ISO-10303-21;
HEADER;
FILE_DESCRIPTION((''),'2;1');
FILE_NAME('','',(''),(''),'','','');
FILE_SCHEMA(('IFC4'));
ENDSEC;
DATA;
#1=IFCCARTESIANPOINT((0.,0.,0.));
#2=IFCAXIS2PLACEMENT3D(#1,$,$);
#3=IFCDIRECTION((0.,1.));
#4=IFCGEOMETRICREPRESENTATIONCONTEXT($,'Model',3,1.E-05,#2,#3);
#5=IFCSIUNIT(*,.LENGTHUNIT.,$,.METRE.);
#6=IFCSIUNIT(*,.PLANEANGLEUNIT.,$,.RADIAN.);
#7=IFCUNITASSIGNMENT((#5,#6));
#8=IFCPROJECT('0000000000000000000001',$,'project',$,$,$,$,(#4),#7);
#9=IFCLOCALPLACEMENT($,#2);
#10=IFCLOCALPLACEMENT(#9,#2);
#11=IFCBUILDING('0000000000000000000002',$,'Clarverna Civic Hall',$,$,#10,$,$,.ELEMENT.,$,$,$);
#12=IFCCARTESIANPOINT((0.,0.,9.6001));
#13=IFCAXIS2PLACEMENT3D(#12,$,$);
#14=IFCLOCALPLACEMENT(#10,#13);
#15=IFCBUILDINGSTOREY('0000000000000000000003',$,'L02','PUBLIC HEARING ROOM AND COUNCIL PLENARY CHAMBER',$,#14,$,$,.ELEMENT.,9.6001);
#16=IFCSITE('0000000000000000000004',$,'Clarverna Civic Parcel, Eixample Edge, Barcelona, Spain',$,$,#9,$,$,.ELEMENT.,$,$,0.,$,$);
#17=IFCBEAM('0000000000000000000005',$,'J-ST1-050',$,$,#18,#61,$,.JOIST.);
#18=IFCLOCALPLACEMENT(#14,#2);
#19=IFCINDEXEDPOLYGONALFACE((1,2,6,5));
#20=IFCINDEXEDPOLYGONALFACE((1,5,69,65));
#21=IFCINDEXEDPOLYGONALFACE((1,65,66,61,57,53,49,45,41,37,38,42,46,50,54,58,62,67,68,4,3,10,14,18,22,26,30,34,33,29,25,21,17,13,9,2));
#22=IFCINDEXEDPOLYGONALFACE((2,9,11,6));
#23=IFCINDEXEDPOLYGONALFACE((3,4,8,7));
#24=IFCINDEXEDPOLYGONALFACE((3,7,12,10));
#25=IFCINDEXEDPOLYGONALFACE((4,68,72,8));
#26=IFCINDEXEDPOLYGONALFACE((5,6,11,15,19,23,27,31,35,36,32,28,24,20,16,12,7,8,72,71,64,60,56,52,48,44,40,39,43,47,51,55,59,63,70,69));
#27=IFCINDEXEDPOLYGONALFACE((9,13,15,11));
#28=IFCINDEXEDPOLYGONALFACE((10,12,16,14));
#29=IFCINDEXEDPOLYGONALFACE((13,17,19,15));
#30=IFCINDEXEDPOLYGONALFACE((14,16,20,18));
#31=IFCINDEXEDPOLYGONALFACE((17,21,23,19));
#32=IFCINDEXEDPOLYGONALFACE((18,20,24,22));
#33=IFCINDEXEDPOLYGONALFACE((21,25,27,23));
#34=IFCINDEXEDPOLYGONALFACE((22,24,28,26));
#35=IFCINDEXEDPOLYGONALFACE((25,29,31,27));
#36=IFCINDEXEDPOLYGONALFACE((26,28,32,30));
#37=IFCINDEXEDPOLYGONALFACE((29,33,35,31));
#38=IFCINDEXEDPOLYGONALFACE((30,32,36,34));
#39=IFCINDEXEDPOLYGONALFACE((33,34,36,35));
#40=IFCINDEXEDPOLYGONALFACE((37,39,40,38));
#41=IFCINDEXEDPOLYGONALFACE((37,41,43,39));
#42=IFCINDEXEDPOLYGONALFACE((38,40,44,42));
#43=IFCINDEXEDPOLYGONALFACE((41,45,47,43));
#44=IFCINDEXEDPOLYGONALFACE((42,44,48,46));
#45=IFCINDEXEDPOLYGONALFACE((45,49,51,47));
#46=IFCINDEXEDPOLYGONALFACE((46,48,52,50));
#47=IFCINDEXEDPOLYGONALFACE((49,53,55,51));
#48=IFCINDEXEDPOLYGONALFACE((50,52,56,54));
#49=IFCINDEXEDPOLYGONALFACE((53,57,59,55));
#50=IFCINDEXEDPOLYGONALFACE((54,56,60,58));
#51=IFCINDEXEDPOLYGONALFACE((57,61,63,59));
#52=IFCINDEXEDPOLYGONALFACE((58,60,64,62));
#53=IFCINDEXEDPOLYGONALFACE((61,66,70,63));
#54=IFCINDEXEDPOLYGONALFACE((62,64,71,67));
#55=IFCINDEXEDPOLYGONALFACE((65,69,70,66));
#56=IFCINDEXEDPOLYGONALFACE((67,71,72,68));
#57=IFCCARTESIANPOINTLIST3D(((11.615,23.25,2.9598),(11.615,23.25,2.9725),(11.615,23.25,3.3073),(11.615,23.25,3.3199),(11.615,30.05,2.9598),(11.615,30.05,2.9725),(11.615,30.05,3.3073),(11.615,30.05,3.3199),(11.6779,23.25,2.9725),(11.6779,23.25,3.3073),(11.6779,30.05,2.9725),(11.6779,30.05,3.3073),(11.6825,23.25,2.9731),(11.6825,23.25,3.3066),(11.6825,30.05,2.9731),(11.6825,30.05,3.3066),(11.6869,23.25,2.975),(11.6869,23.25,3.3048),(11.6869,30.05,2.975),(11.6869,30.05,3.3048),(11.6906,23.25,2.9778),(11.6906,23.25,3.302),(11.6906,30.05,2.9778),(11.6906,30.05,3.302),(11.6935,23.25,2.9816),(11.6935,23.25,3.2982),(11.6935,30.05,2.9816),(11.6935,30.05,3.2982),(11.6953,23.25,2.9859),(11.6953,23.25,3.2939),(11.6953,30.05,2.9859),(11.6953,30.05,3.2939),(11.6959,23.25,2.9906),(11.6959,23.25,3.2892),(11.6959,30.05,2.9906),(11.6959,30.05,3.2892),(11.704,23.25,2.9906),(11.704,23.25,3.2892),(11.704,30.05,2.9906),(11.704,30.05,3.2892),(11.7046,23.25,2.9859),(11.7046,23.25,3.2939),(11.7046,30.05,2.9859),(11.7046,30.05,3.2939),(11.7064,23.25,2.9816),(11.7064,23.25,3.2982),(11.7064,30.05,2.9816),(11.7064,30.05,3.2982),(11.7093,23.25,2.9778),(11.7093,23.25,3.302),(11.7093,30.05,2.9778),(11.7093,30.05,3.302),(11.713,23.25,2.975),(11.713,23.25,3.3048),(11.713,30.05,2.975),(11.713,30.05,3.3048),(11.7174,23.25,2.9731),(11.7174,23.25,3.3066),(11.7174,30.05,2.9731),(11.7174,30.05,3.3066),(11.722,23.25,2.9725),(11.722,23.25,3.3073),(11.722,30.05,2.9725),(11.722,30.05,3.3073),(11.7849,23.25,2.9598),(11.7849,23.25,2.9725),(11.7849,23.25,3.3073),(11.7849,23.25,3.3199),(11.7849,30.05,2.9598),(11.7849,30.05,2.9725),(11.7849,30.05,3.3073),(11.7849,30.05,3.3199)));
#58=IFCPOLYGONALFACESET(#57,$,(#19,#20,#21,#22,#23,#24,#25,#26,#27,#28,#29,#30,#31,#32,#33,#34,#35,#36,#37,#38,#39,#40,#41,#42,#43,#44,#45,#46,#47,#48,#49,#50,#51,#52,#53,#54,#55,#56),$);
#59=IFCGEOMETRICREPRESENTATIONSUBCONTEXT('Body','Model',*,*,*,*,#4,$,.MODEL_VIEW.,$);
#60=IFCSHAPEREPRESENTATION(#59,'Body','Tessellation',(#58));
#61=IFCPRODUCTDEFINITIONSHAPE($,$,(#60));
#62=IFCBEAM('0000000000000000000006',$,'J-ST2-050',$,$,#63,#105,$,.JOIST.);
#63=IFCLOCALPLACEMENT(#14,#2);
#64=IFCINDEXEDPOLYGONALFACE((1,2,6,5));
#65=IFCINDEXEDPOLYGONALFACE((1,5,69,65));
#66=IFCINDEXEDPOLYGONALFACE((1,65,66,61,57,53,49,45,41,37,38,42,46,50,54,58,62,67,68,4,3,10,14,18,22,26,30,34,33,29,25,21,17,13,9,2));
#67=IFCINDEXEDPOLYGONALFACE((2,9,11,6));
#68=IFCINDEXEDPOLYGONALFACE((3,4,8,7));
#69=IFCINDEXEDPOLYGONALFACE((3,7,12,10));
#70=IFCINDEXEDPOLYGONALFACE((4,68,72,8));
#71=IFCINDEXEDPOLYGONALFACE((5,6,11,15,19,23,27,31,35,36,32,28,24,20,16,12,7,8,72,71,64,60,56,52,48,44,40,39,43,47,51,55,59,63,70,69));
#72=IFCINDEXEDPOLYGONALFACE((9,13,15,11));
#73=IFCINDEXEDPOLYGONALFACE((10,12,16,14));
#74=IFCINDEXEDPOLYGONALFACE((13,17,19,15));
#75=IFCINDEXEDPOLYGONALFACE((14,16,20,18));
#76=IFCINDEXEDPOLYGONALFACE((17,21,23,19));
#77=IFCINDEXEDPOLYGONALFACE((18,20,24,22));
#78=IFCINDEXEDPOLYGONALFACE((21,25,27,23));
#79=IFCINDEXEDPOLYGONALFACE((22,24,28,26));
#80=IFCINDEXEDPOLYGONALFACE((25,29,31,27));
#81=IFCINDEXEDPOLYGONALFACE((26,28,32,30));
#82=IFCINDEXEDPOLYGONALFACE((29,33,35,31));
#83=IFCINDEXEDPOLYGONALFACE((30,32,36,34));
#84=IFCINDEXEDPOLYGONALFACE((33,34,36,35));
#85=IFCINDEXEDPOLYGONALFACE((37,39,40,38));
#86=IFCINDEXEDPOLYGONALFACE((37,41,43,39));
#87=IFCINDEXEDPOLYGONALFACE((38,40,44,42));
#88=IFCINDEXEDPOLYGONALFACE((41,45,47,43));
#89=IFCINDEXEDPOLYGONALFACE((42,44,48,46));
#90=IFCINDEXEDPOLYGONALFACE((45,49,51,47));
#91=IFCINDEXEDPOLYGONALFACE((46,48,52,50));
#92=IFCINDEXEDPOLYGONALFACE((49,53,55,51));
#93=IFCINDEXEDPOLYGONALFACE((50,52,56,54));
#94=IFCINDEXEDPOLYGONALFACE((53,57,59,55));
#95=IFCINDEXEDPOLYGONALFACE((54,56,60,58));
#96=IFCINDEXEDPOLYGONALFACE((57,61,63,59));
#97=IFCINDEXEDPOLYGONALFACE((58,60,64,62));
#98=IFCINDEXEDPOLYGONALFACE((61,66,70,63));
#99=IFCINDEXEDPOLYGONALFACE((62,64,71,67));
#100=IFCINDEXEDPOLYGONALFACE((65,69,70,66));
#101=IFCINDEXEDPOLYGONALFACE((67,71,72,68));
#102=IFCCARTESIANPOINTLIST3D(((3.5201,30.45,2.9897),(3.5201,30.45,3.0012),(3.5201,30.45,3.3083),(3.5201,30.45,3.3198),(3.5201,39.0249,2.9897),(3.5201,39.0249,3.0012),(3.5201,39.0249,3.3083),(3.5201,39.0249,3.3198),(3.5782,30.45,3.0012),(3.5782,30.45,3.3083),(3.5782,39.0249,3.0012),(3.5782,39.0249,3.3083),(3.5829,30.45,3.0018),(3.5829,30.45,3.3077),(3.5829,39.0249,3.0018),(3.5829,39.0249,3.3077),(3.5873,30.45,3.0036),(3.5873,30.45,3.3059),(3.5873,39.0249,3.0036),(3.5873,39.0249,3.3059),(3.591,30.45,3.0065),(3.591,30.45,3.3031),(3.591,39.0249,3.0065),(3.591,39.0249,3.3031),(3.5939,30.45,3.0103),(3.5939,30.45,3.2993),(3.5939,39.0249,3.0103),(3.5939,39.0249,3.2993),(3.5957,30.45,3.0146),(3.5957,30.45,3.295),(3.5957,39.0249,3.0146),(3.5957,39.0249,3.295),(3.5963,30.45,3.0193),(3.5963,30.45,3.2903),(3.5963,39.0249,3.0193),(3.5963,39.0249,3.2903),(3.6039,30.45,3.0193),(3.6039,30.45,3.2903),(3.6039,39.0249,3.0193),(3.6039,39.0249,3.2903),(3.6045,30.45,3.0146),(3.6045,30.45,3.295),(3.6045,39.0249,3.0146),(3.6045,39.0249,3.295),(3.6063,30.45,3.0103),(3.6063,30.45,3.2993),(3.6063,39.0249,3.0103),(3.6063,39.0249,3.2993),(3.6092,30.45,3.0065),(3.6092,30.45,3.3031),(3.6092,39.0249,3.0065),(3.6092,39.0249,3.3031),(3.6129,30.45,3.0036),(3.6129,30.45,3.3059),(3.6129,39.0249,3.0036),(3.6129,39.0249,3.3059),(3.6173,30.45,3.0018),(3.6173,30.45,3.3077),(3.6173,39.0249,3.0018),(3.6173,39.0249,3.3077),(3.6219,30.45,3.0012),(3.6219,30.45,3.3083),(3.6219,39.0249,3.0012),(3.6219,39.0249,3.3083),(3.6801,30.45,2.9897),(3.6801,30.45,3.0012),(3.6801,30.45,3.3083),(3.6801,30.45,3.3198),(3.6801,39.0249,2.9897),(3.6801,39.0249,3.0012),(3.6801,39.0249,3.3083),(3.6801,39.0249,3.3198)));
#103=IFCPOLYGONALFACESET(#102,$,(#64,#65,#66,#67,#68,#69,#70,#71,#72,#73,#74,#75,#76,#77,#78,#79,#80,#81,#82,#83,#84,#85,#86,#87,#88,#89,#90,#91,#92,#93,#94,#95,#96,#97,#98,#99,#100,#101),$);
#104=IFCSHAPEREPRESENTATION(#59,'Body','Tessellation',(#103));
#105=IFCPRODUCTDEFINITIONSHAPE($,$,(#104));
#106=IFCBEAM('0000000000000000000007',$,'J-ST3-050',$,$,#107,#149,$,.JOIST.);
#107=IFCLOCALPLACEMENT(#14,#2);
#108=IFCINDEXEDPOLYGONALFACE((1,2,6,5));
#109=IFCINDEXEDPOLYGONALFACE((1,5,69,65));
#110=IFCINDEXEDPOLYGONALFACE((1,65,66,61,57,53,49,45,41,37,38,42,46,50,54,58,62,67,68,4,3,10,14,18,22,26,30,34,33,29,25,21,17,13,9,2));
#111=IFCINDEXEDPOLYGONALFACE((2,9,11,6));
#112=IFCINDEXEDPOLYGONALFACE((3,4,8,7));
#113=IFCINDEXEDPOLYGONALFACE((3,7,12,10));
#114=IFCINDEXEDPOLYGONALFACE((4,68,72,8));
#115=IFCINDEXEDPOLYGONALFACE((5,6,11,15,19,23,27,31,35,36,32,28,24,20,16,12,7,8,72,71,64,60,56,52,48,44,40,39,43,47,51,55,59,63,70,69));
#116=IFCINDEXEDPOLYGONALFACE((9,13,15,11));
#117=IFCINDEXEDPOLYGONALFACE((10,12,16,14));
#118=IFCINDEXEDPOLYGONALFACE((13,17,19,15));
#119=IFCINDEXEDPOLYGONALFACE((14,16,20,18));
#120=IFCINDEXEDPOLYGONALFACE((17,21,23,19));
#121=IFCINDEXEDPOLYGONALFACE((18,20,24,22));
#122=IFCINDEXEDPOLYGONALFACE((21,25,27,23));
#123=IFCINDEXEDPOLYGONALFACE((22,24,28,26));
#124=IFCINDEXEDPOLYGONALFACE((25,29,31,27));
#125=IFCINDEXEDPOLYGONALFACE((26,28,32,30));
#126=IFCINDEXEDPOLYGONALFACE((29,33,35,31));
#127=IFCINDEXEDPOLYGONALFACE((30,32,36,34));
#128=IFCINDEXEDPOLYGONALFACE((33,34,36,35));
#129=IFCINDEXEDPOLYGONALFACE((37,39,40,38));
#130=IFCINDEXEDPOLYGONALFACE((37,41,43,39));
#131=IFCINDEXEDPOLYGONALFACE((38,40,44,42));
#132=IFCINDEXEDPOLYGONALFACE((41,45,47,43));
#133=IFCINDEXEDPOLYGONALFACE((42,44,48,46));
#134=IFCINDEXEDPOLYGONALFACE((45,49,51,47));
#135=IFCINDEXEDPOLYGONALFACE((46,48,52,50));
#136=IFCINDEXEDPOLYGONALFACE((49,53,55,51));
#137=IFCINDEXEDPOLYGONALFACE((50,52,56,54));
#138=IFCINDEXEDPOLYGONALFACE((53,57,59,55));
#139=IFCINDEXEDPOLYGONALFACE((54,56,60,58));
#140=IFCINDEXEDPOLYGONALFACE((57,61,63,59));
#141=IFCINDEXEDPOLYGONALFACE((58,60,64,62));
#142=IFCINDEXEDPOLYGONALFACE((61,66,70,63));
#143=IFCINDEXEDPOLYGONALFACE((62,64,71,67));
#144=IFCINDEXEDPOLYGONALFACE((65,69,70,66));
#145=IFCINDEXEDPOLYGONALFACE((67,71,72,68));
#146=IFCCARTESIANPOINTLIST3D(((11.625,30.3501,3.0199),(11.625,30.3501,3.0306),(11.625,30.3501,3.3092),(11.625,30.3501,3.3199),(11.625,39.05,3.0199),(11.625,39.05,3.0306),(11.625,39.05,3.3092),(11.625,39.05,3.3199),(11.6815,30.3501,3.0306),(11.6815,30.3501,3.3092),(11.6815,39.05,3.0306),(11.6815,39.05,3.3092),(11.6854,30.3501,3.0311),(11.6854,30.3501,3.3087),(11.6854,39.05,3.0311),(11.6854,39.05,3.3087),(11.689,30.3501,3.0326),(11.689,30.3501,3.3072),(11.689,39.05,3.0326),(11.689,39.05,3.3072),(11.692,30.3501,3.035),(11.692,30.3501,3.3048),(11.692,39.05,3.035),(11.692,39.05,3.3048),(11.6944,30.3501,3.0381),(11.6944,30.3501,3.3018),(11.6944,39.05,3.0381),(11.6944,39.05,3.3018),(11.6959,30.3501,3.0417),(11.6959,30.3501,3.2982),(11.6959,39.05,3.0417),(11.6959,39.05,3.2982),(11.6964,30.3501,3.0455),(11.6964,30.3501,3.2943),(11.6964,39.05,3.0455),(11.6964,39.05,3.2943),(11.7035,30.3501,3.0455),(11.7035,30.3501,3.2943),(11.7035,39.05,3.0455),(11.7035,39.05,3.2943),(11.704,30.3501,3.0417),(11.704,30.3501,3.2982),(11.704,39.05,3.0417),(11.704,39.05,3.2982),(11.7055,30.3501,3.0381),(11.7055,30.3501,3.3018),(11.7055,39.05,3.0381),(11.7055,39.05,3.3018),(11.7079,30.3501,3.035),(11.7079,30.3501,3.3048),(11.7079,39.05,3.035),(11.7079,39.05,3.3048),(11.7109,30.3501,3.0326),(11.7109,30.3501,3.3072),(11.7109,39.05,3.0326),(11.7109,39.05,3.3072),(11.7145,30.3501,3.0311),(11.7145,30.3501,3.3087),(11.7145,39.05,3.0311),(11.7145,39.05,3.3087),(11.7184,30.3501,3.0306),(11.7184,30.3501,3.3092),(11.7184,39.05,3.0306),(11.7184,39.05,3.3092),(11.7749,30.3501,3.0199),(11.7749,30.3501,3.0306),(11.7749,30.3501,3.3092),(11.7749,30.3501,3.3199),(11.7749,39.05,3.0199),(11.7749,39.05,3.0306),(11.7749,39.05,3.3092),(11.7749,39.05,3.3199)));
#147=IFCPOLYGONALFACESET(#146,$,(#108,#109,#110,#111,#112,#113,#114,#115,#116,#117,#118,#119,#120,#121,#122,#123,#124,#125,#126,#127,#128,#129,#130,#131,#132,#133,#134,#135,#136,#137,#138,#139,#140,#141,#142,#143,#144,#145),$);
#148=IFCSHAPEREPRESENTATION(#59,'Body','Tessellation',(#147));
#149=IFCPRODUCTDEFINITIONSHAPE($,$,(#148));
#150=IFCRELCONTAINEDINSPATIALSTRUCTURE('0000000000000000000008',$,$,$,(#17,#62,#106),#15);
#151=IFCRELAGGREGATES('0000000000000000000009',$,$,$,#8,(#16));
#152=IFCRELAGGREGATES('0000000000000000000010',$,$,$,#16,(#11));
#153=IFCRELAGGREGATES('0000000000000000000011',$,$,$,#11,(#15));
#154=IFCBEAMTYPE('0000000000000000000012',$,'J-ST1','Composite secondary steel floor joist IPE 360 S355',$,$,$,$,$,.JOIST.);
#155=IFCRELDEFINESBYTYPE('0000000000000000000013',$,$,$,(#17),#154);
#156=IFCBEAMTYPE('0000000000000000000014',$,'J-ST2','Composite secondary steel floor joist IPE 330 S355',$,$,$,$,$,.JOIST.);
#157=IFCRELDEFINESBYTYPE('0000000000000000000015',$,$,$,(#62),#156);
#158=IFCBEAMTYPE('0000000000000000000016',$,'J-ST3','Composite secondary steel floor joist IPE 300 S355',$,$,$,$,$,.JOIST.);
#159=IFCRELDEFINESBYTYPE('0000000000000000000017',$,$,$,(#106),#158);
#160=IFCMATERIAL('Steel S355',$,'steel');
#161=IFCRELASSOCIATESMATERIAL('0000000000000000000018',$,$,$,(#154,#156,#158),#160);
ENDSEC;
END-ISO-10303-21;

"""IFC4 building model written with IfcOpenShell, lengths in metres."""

from ifc_helpers import new_model, si_unit, direction, frame, origin, origin_2d, place, context, subcontext, project, spatial, i_section, extrude, material, material_profile, profile_set, type_object, element, save


model = new_model("IFC4")

# Units and contexts
model_context = context("Model", 3, precision=1e-05, world=origin(), true_north=direction((0.0, 1.0)))
body_context = subcontext(model_context, "Body", "Model", "MODEL_VIEW")
ifc_project = project(units=[si_unit("LENGTHUNIT", "METRE"), si_unit("PLANEANGLEUNIT", "RADIAN")], contexts=[model_context])

# Site, building, storey
site_placement = place(None, origin())
site = spatial("IfcSite", under=ifc_project, at=site_placement, Name="Clarverna Civic Parcel, Eixample Edge, Barcelona, Spain", CompositionType="ELEMENT", RefElevation=0.0)
building_placement = place(site_placement, origin())
building = spatial("IfcBuilding", under=site, at=building_placement, Name="Clarverna Civic Hall", CompositionType="ELEMENT")
storey_placement = place(building_placement, frame((0.0, 0.0, 9.6001)))
storey = spatial("IfcBuildingStorey", under=building, at=storey_placement, Name="L02", Description="PUBLIC HEARING ROOM AND COUNCIL PLENARY CHAMBER", CompositionType="ELEMENT", Elevation=9.6001)

# Shared definitions
ifc_material_1 = material(Name="Steel S355", Category="steel")

# Beams
ifc_material_profile_1 = material_profile(ifc_material_1, i_section(OverallWidth=0.1699, OverallDepth=0.3601, WebThickness=0.0081, FlangeThickness=0.0127, FilletRadius=0.0181, at=origin_2d()), Name="IPE 360")
ifc_profile_set_1 = profile_set([ifc_material_profile_1], Name="Steel S355")
beam_type_1 = type_object("IfcBeamType", Name="J-ST1", Description="Composite secondary steel floor joist IPE 360 S355", PredefinedType="JOIST", material=ifc_profile_set_1)
beam_1_placement = place(storey_placement, frame((11.7, 23.25, 3.1399), z_axis=(0.0, 1.0, 0.0), x_axis=(-1.0, 0.0, 0.0)))
element("IfcBeam", 1, at=beam_1_placement, inside=storey, type_object=beam_type_1, Name="J-ST1-050", PredefinedType="JOIST", context=body_context, shape_type="SweptSolid", body=[
    extrude(i_section(OverallWidth=0.1699, OverallDepth=0.3601, WebThickness=0.0081, FlangeThickness=0.0127, FilletRadius=0.0181, at=origin_2d()), origin(), (0.0, 0.0, 1.0), 6.8),
])
ifc_material_profile_2 = material_profile(ifc_material_1, i_section(OverallWidth=0.1599, OverallDepth=0.3301, WebThickness=0.0076, FlangeThickness=0.0115, FilletRadius=0.0181, at=origin_2d()), Name="IPE 330")
ifc_profile_set_2 = profile_set([ifc_material_profile_2], Name="Steel S355")
beam_type_2 = type_object("IfcBeamType", Name="J-ST2", Description="Composite secondary steel floor joist IPE 330 S355", PredefinedType="JOIST", material=ifc_profile_set_2)
beam_2_placement = place(storey_placement, frame((3.6001, 30.45, 3.1548), z_axis=(0.0, 1.0, 0.0), x_axis=(-1.0, 0.0, 0.0)))
element("IfcBeam", 2, at=beam_2_placement, inside=storey, type_object=beam_type_2, Name="J-ST2-050", PredefinedType="JOIST", context=body_context, shape_type="SweptSolid", body=[
    extrude(i_section(OverallWidth=0.1599, OverallDepth=0.3301, WebThickness=0.0076, FlangeThickness=0.0115, FilletRadius=0.0181, at=origin_2d()), origin(), (0.0, 0.0, 1.0), 8.575),
])
ifc_material_profile_3 = material_profile(ifc_material_1, i_section(OverallWidth=0.1499, OverallDepth=0.3, WebThickness=0.0071, FlangeThickness=0.0107, FilletRadius=0.0149, at=origin_2d()), Name="IPE 300")
ifc_profile_set_3 = profile_set([ifc_material_profile_3], Name="Steel S355")
beam_type_3 = type_object("IfcBeamType", Name="J-ST3", Description="Composite secondary steel floor joist IPE 300 S355", PredefinedType="JOIST", material=ifc_profile_set_3)
beam_3_placement = place(storey_placement, frame((11.7, 30.3501, 3.1699), z_axis=(0.0, 1.0, 0.0), x_axis=(-1.0, 0.0, 0.0)))
element("IfcBeam", 3, at=beam_3_placement, inside=storey, type_object=beam_type_3, Name="J-ST3-050", PredefinedType="JOIST", context=body_context, shape_type="SweptSolid", body=[
    extrude(i_section(OverallWidth=0.1499, OverallDepth=0.3, WebThickness=0.0071, FlangeThickness=0.0107, FilletRadius=0.0149, at=origin_2d()), origin(), (0.0, 0.0, 1.0), 8.7),
])

save(model, "model.ifc")
